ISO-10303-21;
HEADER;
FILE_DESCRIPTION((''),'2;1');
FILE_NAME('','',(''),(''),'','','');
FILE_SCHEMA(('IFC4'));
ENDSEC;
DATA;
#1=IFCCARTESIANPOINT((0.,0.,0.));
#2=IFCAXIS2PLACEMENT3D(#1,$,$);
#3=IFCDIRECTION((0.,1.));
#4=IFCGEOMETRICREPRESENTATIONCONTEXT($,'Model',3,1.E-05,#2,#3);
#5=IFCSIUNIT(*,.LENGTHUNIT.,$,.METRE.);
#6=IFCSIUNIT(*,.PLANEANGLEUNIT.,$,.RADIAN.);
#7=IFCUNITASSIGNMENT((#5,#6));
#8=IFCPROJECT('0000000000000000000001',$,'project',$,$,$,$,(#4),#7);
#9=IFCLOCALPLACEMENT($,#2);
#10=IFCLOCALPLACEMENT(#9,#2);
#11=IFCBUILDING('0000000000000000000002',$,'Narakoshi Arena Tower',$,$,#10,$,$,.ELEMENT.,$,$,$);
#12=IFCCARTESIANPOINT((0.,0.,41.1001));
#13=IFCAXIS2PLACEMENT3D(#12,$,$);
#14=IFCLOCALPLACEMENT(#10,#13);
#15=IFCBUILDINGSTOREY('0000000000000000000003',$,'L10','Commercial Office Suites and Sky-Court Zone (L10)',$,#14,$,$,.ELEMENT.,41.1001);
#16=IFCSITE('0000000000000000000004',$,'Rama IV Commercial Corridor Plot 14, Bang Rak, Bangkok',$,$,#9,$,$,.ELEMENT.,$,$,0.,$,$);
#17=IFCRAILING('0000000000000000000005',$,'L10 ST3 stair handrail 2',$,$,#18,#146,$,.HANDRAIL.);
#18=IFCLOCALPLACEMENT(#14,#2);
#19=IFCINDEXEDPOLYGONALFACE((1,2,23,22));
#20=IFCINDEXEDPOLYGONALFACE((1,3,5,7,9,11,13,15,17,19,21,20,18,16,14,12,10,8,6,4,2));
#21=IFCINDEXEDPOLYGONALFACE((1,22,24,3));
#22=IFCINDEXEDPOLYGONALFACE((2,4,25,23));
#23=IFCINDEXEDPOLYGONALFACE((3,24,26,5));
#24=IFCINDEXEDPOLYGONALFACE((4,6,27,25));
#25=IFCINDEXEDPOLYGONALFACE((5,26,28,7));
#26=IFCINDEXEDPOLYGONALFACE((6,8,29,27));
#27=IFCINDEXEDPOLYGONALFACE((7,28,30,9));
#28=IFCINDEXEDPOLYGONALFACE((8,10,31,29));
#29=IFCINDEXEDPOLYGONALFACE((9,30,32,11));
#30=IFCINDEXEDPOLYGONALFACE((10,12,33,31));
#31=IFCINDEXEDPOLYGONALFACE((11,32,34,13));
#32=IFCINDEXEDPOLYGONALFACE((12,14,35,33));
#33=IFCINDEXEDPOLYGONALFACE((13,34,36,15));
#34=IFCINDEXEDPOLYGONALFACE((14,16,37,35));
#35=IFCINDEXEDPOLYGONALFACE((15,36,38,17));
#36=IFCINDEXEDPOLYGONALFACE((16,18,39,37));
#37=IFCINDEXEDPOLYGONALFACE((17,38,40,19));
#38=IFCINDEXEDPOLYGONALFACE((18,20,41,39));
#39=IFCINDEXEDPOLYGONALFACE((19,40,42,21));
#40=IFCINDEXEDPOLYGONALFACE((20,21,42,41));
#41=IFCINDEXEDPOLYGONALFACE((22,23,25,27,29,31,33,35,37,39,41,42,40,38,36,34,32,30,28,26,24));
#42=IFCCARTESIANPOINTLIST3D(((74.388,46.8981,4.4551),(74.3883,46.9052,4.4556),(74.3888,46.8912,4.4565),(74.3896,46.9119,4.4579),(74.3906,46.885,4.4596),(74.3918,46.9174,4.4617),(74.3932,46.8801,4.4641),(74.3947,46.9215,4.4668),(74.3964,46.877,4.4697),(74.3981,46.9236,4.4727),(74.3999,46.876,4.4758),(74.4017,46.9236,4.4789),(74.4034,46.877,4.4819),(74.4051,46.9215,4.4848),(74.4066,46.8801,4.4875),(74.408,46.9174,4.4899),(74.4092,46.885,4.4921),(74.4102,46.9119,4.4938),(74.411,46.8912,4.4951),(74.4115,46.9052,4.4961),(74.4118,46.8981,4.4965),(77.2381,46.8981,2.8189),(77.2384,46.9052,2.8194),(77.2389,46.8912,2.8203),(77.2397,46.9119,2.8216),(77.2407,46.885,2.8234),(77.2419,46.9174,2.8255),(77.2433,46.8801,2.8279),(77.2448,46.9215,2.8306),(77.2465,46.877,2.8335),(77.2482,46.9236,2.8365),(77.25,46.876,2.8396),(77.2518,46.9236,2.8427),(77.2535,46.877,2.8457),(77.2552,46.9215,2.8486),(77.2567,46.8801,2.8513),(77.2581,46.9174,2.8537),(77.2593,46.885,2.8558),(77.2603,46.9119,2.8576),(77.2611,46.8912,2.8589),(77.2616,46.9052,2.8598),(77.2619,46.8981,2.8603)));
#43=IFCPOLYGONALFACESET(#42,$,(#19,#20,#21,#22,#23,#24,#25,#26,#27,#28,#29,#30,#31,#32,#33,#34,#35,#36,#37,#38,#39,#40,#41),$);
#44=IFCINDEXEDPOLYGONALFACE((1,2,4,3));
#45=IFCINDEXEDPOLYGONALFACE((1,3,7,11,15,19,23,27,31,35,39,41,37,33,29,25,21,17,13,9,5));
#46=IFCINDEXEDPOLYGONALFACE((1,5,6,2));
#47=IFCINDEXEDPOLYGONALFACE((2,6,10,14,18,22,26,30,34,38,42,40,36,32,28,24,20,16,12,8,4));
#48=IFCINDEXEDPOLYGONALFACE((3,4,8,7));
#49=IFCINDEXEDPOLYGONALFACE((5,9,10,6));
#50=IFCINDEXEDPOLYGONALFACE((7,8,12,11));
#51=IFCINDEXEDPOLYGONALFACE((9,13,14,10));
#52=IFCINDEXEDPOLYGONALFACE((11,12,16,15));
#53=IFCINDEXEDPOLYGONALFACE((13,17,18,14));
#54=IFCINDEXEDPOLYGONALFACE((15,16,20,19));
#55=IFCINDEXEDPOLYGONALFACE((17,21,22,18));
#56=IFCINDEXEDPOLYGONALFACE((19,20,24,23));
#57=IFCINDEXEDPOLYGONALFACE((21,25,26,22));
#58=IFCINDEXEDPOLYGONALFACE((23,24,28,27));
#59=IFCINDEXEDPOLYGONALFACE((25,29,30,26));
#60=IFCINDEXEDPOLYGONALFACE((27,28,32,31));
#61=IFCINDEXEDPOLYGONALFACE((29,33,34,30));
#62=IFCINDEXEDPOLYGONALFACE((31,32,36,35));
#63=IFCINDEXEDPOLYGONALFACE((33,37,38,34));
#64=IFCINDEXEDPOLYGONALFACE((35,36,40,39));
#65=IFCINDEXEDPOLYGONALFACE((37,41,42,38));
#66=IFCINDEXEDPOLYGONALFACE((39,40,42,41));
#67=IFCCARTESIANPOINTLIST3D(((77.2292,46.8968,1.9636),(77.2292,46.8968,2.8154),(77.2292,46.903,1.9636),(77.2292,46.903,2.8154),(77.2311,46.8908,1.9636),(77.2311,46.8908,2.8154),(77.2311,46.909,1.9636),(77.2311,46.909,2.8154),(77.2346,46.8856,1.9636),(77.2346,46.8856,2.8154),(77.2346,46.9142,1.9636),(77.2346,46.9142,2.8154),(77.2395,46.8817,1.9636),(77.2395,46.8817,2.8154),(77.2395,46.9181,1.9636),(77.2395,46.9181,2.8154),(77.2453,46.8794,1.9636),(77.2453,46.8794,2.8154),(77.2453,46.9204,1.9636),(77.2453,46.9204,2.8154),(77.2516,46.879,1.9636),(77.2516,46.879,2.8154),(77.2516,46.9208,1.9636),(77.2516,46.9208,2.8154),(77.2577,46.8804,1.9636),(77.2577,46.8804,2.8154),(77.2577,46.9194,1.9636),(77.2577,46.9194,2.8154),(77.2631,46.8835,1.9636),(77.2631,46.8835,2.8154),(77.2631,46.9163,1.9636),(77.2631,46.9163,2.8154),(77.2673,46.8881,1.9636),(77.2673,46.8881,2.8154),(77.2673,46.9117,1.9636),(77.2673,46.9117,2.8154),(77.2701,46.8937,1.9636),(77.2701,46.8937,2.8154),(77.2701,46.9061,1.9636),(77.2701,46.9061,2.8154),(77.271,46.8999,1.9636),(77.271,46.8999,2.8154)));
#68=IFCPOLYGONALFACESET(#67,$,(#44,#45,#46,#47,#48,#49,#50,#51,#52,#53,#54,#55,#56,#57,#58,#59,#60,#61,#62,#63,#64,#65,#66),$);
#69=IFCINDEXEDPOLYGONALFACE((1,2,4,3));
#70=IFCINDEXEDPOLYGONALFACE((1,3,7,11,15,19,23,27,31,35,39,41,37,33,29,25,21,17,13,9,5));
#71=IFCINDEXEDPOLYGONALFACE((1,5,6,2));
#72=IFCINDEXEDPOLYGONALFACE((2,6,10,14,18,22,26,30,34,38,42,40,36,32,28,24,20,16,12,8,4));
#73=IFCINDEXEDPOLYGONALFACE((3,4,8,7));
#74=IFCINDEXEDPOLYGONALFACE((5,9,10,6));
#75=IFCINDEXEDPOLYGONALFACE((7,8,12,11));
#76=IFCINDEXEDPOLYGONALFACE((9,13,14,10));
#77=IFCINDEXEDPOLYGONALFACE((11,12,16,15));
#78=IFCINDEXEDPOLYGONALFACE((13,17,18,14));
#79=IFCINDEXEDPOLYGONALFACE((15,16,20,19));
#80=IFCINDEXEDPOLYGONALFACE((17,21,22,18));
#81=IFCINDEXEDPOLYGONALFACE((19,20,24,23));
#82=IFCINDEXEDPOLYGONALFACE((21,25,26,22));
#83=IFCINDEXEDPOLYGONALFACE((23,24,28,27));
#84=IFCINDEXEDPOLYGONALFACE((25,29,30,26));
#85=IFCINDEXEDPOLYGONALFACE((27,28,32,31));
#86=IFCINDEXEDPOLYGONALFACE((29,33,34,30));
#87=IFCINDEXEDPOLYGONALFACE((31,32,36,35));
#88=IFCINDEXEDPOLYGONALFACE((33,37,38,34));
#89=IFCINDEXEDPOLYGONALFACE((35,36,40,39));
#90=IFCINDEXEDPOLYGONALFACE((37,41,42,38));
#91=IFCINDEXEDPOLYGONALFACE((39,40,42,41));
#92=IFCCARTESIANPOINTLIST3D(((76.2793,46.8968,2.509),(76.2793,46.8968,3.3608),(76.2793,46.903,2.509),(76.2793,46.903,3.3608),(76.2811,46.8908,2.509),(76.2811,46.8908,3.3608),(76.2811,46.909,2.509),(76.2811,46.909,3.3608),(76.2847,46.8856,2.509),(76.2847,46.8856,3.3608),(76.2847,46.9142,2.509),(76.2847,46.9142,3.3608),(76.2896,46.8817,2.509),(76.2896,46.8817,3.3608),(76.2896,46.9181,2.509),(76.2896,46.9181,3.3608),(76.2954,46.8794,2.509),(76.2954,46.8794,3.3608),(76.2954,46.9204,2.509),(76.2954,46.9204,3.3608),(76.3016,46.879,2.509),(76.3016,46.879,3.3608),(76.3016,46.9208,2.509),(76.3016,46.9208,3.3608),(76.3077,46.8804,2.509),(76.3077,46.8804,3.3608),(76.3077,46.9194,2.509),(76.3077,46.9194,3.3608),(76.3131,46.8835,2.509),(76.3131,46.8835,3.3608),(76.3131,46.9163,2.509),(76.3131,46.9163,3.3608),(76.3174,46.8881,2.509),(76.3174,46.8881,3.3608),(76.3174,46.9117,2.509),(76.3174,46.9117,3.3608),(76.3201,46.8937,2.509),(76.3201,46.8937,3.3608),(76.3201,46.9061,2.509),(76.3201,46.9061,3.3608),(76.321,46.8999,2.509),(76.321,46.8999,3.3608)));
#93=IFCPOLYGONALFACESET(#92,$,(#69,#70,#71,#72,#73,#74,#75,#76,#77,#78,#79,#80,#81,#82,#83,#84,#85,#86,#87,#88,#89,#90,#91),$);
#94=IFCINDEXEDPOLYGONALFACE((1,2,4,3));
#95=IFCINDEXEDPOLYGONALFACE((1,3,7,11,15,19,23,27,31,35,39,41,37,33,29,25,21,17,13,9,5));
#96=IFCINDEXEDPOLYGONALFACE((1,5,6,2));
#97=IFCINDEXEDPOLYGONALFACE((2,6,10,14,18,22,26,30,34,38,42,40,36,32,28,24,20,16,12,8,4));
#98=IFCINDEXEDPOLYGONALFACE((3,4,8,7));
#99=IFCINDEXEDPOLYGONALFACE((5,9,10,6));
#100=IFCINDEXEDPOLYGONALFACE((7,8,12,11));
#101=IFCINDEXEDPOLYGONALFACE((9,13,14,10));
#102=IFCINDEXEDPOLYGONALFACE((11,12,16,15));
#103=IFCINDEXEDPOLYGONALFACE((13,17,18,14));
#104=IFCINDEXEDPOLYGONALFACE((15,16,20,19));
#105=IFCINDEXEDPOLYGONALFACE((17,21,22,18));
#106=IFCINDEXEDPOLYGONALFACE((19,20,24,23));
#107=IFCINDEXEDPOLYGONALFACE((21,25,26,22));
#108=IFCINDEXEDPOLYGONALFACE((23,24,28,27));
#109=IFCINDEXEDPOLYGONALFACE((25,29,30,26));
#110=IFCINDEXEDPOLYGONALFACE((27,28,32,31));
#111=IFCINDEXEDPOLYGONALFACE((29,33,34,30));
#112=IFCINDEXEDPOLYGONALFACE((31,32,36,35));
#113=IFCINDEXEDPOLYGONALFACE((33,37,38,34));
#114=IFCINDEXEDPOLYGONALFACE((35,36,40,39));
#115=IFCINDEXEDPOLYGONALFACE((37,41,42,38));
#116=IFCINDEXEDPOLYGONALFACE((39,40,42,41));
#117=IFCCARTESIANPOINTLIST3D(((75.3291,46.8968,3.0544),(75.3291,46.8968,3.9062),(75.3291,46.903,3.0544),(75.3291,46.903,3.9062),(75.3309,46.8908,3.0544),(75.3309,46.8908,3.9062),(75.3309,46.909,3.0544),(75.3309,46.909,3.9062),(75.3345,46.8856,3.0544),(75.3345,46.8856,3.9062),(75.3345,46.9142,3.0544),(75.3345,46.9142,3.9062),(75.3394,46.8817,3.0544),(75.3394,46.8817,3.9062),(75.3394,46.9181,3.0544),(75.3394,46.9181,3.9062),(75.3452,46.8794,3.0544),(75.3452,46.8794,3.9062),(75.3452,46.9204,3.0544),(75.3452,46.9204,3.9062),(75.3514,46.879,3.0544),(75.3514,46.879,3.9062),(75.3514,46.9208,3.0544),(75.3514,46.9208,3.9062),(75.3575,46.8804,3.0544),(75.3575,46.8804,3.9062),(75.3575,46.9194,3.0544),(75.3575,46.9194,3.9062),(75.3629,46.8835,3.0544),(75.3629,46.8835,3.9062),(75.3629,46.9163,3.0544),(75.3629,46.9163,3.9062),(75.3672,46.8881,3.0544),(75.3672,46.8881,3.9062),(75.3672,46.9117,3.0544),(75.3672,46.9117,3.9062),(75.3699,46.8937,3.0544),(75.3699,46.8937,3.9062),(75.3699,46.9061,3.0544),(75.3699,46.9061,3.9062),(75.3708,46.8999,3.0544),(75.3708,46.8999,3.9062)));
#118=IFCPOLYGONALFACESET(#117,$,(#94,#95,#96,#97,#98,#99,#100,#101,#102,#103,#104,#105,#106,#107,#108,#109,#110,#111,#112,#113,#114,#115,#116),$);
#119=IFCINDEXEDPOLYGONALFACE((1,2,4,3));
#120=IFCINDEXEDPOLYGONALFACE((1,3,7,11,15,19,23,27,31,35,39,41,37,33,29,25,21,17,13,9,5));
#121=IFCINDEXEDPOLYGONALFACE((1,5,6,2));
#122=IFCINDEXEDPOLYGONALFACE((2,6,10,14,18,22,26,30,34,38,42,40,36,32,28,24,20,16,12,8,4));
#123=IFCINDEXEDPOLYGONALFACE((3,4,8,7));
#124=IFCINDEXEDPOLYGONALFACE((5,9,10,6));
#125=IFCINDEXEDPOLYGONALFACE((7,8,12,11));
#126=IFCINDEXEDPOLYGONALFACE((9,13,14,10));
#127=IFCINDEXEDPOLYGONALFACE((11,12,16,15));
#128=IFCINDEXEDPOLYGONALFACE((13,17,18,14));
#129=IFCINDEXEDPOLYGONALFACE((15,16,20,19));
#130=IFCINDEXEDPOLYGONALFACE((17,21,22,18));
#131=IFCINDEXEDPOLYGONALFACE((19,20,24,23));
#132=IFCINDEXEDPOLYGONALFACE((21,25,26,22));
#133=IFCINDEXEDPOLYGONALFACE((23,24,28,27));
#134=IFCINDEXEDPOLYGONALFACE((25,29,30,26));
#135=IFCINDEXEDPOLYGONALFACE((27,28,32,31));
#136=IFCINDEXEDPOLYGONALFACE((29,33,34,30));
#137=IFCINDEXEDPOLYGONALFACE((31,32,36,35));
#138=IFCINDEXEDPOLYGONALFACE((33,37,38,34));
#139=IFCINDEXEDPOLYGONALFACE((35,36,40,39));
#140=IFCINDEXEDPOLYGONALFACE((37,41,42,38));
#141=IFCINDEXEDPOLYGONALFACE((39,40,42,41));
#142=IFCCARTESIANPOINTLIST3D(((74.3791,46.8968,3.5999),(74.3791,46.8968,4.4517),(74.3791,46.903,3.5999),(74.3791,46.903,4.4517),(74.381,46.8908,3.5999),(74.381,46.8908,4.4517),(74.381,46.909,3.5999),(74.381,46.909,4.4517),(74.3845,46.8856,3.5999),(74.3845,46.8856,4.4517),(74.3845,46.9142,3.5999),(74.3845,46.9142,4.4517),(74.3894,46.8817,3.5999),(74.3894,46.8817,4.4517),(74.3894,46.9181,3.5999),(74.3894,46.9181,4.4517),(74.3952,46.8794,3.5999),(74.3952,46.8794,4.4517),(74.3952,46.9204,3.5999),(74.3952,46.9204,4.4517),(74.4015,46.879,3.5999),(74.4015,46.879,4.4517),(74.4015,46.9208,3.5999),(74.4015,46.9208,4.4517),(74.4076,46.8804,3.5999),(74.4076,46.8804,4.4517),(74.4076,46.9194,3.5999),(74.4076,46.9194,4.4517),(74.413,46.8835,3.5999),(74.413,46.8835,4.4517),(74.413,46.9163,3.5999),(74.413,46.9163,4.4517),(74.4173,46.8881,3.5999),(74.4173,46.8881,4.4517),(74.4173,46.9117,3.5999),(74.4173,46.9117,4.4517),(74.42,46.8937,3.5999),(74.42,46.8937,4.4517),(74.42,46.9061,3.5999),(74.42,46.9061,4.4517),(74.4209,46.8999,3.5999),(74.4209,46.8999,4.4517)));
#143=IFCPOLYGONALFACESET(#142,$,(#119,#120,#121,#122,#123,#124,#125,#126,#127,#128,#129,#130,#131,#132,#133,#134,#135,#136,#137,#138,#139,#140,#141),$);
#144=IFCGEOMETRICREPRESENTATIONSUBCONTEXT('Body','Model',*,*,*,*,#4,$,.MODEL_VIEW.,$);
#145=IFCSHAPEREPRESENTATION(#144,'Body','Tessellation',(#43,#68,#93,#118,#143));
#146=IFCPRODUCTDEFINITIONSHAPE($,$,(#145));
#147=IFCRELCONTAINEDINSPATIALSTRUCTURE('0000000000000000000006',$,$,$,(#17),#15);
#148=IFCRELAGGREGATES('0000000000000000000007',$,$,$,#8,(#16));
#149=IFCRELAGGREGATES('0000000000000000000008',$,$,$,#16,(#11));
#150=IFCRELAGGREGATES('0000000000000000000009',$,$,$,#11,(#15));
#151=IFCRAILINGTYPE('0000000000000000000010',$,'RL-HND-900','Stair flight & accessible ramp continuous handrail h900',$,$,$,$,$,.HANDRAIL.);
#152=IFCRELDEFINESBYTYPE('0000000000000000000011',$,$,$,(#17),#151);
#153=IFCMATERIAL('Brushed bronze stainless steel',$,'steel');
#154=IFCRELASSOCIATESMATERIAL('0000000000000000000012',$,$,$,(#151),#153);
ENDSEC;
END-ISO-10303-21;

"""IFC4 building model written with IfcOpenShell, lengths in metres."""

from ifc_helpers import new_model, si_unit, direction, frame, origin, origin_2d, place, context, subcontext, project, spatial, circle, extrude, material, type_object, element, save


model = new_model("IFC4")

# Units and contexts
model_context = context("Model", 3, precision=1e-05, world=origin(), true_north=direction((0.0, 1.0)))
body_context = subcontext(model_context, "Body", "Model", "MODEL_VIEW")
ifc_project = project(units=[si_unit("LENGTHUNIT", "METRE"), si_unit("PLANEANGLEUNIT", "RADIAN")], contexts=[model_context])

# Site, building, storey
site_placement = place(None, origin())
site = spatial("IfcSite", under=ifc_project, at=site_placement, Name="Rama IV Commercial Corridor Plot 14, Bang Rak, Bangkok", CompositionType="ELEMENT", RefElevation=0.0)
building_placement = place(site_placement, origin())
building = spatial("IfcBuilding", under=site, at=building_placement, Name="Narakoshi Arena Tower", CompositionType="ELEMENT")
storey_placement = place(building_placement, frame((0.0, 0.0, 41.1001)))
storey = spatial("IfcBuildingStorey", under=building, at=storey_placement, Name="L10", Description="Commercial Office Suites and Sky-Court Zone (L10)", CompositionType="ELEMENT", Elevation=41.1001)

# Shared definitions
ifc_material_1 = material(Name="Brushed bronze stainless steel", Category="steel")

# Railing
railing_type_1 = type_object("IfcRailingType", Name="RL-HND-900", Description="Stair flight & accessible ramp continuous handrail h900", PredefinedType="HANDRAIL", material=ifc_material_1)
railing_1_placement = place(storey_placement, frame((77.25, 46.8999, 1.9636)))
element("IfcRailing", 1, at=railing_1_placement, inside=storey, type_object=railing_type_1, Name="L10 ST3 stair handrail 2", PredefinedType="HANDRAIL", context=body_context, shape_type="SweptSolid", body=[
    extrude(circle(Radius=0.0239, at=origin_2d()), frame((0.0, 0.0, 0.876), z_axis=(-0.867245, 0.0, 0.497882), x_axis=(0.0, -1.0, 0.0)), (0.0, 0.0, 1.0), 3.2864),
    extrude(circle(Radius=0.021, at=origin_2d()), origin(), (0.0, 0.0, 1.0), 0.8518),
    extrude(circle(Radius=0.021, at=origin_2d()), frame((-0.95, 0.0, 0.5454)), (0.0, 0.0, 1.0), 0.8518),
    extrude(circle(Radius=0.021, at=origin_2d()), frame((-1.9001, 0.0, 1.0908)), (0.0, 0.0, 1.0), 0.8518),
    extrude(circle(Radius=0.021, at=origin_2d()), frame((-2.8501, 0.0, 1.6362)), (0.0, 0.0, 1.0), 0.8518),
])

save(model, "model.ifc")
